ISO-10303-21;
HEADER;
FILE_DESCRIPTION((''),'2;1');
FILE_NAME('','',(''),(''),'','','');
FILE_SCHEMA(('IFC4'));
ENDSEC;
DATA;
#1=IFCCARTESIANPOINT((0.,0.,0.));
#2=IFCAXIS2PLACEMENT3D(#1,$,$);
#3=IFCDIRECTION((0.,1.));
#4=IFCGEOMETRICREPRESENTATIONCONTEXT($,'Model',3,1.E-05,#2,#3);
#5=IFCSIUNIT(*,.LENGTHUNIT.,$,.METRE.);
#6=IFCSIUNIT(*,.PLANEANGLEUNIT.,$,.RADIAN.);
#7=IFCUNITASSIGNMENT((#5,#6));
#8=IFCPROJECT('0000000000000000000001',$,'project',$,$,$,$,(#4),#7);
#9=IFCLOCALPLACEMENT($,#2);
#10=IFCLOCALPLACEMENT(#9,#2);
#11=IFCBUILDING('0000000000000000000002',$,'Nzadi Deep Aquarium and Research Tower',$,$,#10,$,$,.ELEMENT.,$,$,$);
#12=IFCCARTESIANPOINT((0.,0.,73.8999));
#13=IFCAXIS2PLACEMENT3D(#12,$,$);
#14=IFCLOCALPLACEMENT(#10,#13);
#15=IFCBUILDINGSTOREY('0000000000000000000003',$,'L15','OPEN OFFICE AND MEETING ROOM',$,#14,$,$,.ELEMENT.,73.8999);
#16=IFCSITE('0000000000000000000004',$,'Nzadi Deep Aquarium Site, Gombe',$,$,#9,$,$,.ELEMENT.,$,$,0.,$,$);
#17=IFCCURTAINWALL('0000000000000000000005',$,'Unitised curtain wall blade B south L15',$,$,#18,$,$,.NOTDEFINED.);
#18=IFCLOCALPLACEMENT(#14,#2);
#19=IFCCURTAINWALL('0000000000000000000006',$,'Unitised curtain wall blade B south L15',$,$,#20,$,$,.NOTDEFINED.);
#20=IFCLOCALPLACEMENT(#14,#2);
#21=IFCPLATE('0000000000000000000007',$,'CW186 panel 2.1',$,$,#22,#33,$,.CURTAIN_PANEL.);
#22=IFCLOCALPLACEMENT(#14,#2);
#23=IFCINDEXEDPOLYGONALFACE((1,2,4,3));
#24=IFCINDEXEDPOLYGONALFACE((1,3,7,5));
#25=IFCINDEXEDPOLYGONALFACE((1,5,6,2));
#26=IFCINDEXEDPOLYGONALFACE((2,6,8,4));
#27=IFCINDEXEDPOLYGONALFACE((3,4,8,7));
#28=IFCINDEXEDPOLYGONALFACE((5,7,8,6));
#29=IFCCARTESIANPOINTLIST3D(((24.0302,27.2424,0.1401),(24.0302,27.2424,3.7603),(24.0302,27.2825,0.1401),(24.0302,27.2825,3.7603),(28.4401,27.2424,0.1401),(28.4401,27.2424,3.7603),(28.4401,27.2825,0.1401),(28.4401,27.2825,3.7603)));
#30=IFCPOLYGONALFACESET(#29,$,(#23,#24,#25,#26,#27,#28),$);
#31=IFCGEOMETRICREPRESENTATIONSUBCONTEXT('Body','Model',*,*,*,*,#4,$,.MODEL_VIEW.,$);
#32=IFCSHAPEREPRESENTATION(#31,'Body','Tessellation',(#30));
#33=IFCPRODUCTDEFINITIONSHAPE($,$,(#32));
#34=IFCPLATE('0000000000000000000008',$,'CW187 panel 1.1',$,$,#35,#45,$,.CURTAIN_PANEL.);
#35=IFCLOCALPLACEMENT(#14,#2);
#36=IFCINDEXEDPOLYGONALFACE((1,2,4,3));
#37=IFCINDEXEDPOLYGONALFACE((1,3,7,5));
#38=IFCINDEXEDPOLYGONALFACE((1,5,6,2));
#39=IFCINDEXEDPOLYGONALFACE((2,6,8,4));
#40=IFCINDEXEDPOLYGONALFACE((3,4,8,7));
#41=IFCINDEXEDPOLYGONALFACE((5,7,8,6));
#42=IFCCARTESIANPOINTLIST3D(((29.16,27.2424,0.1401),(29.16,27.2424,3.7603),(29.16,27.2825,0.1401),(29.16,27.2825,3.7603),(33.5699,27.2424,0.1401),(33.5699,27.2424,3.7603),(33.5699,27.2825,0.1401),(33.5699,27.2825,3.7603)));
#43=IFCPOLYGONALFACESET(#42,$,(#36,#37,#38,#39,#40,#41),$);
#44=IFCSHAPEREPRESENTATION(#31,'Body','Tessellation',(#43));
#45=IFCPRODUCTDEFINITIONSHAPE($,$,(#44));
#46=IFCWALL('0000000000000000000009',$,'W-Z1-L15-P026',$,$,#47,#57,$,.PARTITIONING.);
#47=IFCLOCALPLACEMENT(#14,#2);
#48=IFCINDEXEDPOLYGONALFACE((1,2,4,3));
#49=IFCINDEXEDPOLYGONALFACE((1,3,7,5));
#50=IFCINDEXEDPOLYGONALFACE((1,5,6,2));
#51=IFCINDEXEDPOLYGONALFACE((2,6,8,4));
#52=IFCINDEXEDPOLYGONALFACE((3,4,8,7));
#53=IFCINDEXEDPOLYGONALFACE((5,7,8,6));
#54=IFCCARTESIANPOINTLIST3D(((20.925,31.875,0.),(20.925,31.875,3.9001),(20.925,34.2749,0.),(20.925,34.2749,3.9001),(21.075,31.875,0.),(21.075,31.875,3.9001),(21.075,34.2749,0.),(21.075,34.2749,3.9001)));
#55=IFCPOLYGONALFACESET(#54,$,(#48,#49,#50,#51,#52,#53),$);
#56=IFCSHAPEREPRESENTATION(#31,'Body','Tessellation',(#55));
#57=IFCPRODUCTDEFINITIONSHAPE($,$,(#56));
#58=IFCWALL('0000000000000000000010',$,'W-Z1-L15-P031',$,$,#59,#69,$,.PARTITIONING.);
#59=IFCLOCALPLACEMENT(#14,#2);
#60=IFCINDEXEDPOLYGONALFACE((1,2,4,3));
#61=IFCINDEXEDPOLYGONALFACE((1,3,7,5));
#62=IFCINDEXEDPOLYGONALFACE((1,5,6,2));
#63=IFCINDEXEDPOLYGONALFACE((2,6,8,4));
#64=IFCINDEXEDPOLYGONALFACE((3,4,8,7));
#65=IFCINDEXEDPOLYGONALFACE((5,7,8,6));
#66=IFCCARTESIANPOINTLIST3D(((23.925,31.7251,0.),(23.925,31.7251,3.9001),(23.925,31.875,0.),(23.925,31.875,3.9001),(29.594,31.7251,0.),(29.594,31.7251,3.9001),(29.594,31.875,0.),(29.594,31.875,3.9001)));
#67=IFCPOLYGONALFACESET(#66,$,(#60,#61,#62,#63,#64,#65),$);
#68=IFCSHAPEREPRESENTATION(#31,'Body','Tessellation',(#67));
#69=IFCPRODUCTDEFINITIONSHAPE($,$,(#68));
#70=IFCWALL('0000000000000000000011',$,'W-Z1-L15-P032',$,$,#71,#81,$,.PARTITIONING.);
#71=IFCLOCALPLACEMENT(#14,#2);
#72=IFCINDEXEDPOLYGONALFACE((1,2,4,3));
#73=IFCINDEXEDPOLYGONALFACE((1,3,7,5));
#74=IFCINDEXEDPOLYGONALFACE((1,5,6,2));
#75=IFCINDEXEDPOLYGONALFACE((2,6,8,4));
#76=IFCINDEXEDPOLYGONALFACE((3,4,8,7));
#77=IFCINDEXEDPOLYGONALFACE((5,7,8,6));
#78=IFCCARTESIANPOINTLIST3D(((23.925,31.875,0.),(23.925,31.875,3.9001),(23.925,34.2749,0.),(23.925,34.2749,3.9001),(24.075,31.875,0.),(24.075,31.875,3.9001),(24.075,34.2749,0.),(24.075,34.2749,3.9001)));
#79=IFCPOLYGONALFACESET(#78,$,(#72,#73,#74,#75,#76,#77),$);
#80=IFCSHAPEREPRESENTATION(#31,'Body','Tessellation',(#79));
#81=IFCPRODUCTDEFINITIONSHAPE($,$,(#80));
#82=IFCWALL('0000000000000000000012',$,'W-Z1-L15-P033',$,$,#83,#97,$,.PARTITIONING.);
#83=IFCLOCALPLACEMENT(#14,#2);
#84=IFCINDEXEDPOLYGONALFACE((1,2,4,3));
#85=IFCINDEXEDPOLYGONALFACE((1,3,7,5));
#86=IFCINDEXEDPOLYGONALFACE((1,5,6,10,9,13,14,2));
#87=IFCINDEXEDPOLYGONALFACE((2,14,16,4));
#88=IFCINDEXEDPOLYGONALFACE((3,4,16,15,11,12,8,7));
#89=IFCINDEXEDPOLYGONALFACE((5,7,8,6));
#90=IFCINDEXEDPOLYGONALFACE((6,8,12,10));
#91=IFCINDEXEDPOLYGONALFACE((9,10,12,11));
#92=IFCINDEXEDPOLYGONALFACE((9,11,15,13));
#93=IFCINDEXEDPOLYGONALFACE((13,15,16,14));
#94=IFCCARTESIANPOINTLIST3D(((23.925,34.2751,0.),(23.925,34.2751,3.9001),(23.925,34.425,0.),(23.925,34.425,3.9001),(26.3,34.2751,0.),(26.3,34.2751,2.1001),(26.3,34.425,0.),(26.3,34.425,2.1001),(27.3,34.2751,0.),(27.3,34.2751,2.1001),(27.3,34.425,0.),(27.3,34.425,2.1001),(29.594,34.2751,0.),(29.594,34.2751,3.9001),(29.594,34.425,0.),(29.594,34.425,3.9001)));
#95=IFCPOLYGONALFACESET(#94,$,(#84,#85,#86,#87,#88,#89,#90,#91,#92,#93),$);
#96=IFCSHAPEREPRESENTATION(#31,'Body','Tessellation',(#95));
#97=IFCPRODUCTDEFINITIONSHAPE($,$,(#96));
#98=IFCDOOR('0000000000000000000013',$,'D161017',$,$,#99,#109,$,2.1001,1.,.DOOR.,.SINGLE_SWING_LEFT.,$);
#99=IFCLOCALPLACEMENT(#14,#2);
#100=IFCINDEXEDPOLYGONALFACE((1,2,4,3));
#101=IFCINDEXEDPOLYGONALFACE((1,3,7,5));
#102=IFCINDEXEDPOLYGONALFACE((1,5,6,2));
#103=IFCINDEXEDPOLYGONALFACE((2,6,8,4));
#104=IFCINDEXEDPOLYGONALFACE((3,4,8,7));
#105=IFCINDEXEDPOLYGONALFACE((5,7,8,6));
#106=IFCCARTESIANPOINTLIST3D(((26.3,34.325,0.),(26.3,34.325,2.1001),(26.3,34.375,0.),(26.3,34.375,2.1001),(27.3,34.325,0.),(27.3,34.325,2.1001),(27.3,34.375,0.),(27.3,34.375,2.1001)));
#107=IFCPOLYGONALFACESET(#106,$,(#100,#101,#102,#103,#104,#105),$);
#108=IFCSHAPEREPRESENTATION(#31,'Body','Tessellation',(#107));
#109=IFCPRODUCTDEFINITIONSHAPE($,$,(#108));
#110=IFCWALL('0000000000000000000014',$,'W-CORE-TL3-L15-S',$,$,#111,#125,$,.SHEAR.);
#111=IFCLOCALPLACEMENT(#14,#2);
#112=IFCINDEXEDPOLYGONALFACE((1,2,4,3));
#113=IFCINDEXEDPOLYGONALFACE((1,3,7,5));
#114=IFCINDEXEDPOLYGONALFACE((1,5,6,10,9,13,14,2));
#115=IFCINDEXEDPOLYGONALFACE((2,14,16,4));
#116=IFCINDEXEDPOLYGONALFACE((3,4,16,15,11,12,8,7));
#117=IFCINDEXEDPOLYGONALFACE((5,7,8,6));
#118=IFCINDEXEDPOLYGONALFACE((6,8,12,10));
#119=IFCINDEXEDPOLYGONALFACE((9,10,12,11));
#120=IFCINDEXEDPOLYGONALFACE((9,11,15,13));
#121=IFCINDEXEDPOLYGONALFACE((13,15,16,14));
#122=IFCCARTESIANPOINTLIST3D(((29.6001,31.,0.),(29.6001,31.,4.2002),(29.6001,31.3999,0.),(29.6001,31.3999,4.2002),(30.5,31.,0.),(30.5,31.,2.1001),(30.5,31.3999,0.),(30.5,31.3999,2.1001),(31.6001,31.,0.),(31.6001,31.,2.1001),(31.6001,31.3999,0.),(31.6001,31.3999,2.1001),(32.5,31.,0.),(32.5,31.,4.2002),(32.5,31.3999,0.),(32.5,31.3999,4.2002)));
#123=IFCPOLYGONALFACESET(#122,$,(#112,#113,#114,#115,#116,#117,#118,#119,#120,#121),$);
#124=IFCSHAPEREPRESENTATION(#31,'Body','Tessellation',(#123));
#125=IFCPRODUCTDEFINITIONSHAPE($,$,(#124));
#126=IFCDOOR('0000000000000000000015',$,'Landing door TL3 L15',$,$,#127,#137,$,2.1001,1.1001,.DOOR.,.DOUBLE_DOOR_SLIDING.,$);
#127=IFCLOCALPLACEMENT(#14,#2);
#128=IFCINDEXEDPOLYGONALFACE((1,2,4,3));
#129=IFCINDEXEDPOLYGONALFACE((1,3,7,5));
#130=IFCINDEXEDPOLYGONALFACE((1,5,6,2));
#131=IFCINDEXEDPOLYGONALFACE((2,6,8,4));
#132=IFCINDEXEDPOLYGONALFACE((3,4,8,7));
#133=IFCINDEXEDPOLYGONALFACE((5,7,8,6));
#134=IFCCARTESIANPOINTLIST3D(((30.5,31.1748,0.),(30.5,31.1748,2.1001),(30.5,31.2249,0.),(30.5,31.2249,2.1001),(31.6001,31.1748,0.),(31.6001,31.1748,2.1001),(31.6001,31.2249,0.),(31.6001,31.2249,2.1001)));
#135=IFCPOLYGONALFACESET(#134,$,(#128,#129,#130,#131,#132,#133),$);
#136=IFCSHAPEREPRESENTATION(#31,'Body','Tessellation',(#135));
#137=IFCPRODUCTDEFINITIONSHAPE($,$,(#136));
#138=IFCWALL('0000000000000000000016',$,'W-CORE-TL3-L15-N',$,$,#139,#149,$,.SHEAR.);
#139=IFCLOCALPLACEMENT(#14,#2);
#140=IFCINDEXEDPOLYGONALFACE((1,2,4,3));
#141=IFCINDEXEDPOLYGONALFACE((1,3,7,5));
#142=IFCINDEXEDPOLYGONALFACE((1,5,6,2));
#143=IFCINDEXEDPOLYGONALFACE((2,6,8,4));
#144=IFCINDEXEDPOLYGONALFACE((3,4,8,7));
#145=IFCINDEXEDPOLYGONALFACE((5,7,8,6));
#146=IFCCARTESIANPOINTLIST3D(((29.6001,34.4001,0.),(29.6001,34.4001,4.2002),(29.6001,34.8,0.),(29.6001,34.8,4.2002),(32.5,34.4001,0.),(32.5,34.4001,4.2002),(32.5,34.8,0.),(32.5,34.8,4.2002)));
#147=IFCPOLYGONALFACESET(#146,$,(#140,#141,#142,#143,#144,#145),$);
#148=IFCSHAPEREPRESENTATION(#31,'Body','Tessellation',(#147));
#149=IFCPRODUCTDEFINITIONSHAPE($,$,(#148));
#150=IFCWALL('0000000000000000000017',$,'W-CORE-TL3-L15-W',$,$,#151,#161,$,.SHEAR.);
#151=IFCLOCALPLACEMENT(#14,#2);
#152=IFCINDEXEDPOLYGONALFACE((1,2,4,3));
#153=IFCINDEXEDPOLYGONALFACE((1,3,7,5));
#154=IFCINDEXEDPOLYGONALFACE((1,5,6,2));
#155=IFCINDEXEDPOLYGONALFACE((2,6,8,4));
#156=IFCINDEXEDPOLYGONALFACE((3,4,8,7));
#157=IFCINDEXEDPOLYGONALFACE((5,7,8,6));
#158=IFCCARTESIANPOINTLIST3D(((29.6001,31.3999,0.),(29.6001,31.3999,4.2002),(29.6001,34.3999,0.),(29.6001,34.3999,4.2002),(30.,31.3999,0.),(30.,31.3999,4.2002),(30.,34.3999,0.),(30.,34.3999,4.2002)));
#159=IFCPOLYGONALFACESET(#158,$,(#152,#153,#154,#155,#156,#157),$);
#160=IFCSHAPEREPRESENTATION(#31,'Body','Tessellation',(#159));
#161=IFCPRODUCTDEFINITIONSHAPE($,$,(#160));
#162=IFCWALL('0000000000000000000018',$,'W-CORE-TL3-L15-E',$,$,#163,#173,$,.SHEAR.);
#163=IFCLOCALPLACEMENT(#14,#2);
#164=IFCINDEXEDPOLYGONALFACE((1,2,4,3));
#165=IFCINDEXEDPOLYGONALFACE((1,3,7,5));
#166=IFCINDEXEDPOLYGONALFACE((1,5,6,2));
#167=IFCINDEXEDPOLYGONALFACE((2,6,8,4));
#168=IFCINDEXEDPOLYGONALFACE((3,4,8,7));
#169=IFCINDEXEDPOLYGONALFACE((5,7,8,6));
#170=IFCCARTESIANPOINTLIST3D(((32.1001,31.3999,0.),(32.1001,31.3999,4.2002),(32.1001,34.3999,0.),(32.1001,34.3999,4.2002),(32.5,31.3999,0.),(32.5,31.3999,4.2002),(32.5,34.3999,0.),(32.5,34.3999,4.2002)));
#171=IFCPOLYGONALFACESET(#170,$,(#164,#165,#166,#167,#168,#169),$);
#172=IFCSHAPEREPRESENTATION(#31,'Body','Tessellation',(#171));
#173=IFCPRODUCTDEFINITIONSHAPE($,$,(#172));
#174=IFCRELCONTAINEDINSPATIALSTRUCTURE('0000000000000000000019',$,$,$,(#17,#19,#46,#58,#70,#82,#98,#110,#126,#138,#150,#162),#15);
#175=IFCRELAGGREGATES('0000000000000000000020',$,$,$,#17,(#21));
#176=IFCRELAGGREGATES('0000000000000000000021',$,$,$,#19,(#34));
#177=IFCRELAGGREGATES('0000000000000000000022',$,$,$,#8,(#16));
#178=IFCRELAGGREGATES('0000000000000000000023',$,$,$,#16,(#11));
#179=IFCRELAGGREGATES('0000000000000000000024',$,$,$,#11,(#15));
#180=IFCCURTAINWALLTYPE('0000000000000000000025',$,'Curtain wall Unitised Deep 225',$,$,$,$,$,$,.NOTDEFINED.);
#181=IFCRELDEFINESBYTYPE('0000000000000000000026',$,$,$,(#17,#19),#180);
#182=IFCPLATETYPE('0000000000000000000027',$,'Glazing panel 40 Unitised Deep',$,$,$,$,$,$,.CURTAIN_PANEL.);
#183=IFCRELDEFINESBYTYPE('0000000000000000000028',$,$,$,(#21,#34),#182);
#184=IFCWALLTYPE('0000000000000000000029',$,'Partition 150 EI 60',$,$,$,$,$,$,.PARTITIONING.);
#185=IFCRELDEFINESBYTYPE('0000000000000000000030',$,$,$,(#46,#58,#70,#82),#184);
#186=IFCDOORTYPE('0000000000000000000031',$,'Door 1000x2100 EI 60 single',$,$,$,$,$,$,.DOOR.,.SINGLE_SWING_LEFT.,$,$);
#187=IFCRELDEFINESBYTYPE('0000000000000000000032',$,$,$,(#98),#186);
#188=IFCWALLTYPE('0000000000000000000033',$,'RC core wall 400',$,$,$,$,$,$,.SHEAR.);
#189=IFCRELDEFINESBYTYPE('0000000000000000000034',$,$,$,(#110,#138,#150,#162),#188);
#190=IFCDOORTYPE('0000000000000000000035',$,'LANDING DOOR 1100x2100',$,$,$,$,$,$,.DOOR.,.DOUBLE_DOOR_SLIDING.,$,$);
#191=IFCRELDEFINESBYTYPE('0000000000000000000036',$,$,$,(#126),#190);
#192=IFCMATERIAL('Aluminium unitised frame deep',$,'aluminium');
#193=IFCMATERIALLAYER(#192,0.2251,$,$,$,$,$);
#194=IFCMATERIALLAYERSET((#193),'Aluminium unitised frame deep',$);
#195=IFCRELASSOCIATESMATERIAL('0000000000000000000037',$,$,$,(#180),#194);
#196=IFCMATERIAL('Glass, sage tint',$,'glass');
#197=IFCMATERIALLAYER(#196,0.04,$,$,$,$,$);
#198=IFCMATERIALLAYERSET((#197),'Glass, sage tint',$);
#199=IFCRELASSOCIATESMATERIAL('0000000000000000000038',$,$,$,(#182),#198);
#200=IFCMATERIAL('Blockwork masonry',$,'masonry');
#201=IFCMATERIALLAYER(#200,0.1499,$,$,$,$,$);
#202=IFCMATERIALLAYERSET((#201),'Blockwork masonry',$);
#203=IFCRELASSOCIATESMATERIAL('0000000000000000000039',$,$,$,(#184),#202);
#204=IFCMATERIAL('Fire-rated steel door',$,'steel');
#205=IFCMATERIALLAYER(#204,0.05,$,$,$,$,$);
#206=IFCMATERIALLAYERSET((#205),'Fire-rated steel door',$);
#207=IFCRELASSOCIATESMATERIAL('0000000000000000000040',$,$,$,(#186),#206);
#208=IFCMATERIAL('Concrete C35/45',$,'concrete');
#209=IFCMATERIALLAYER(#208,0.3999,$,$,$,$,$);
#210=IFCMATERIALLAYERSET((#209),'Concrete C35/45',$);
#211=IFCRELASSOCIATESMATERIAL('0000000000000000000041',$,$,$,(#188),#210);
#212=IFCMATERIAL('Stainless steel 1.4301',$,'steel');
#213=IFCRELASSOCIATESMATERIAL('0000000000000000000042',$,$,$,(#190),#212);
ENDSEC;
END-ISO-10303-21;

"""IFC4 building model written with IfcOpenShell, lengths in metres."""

from ifc_helpers import new_model, si_unit, direction, frame, frame_2d, origin, origin_2d, place, context, subcontext, project, spatial, rectangle, extrude, material, layer, layer_set, type_object, element, fill, aggregate, save


model = new_model("IFC4")

# Units and contexts
model_context = context("Model", 3, precision=1e-05, world=origin(), true_north=direction((0.0, 1.0)))
body_context = subcontext(model_context, "Body", "Model", "MODEL_VIEW")
ifc_project = project(units=[si_unit("LENGTHUNIT", "METRE"), si_unit("PLANEANGLEUNIT", "RADIAN")], contexts=[model_context])

# Site, building, storey
site_placement = place(None, origin())
site = spatial("IfcSite", under=ifc_project, at=site_placement, Name="Nzadi Deep Aquarium Site, Gombe", CompositionType="ELEMENT", RefElevation=0.0)
building_placement = place(site_placement, origin())
building = spatial("IfcBuilding", under=site, at=building_placement, Name="Nzadi Deep Aquarium and Research Tower", CompositionType="ELEMENT")
storey_placement = place(building_placement, frame((0.0, 0.0, 73.8999)))
storey = spatial("IfcBuildingStorey", under=building, at=storey_placement, Name="L15", Description="OPEN OFFICE AND MEETING ROOM", CompositionType="ELEMENT", Elevation=73.8999)

# Curtain walls
ifc_material_1 = material(Name="Aluminium unitised frame deep", Category="aluminium")
ifc_layer_1 = layer(ifc_material_1, 0.2251)
ifc_layer_set_1 = layer_set([ifc_layer_1], Name="Aluminium unitised frame deep")
curtain_wall_type = type_object("IfcCurtainWallType", Name="Curtain wall Unitised Deep 225", PredefinedType="NOTDEFINED", material=ifc_layer_set_1)
curtain_wall_1_placement = place(storey_placement, origin())
curtain_wall_1 = element("IfcCurtainWall", 1, at=curtain_wall_1_placement, inside=storey, type_object=curtain_wall_type, Name="Unitised curtain wall blade B south L15", PredefinedType="NOTDEFINED")
curtain_wall_2_placement = place(storey_placement, origin())
curtain_wall_2 = element("IfcCurtainWall", 2, at=curtain_wall_2_placement, inside=storey, type_object=curtain_wall_type, Name="Unitised curtain wall blade B south L15", PredefinedType="NOTDEFINED")

# Plates
ifc_material_2 = material(Name="Glass, sage tint", Category="glass")
ifc_layer_2 = layer(ifc_material_2, 0.04)
ifc_layer_set_2 = layer_set([ifc_layer_2], Name="Glass, sage tint")
plate_type = type_object("IfcPlateType", Name="Glazing panel 40 Unitised Deep", PredefinedType="CURTAIN_PANEL", material=ifc_layer_set_2)
plate_1_placement = place(storey_placement, frame((26.2351, 27.2625, 0.1401), z_axis=(0.0, 0.0, 1.0), x_axis=(1.0, 0.0, 0.0)))
plate_1 = element("IfcPlate", 3, at=plate_1_placement, type_object=plate_type, Name="CW186 panel 2.1", PredefinedType="CURTAIN_PANEL", context=body_context, shape_type="SweptSolid", body=[
    extrude(rectangle(XDim=4.4099, YDim=0.04, at=origin_2d()), origin(), (0.0, 0.0, 1.0), 3.6201),
])
aggregate(curtain_wall_1, [plate_1])
plate_2_placement = place(storey_placement, frame((31.365, 27.2625, 0.1401), z_axis=(0.0, 0.0, 1.0), x_axis=(1.0, 0.0, 0.0)))
plate_2 = element("IfcPlate", 4, at=plate_2_placement, type_object=plate_type, Name="CW187 panel 1.1", PredefinedType="CURTAIN_PANEL", context=body_context, shape_type="SweptSolid", body=[
    extrude(rectangle(XDim=4.4099, YDim=0.04, at=origin_2d()), origin(), (0.0, 0.0, 1.0), 3.6201),
])
aggregate(curtain_wall_2, [plate_2])

# Walls
ifc_material_3 = material(Name="Blockwork masonry", Category="masonry")
ifc_layer_3 = layer(ifc_material_3, 0.1499)
ifc_layer_set_3 = layer_set([ifc_layer_3], Name="Blockwork masonry")
wall_type_1 = type_object("IfcWallType", Name="Partition 150 EI 60", PredefinedType="PARTITIONING", material=ifc_layer_set_3)
wall_1_placement = place(storey_placement, frame((21.0, 31.875, 0.0), z_axis=(0.0, 0.0, 1.0), x_axis=(0.0, 1.0, 0.0)))
element("IfcWall", 5, at=wall_1_placement, inside=storey, type_object=wall_type_1, Name="W-Z1-L15-P026", PredefinedType="PARTITIONING", context=body_context, shape_type="SweptSolid", body=[
    extrude(rectangle(XDim=2.3999, YDim=0.1499, at=frame_2d((1.2, 0.0))), origin(), (0.0, 0.0, 1.0), 3.9001),
])
wall_2_placement = place(storey_placement, frame((23.925, 31.8, 0.0), z_axis=(0.0, 0.0, 1.0), x_axis=(1.0, 0.0, 0.0)))
element("IfcWall", 6, at=wall_2_placement, inside=storey, type_object=wall_type_1, Name="W-Z1-L15-P031", PredefinedType="PARTITIONING", context=body_context, shape_type="SweptSolid", body=[
    extrude(rectangle(XDim=5.6689, YDim=0.1499, at=frame_2d((2.8345, 0.0))), origin(), (0.0, 0.0, 1.0), 3.9001),
])
wall_3_placement = place(storey_placement, frame((24.0, 31.875, 0.0), z_axis=(0.0, 0.0, 1.0), x_axis=(0.0, 1.0, 0.0)))
element("IfcWall", 7, at=wall_3_placement, inside=storey, type_object=wall_type_1, Name="W-Z1-L15-P032", PredefinedType="PARTITIONING", context=body_context, shape_type="SweptSolid", body=[
    extrude(rectangle(XDim=2.3999, YDim=0.1499, at=frame_2d((1.2, 0.0))), origin(), (0.0, 0.0, 1.0), 3.9001),
])

# Walls, openings, doors
wall_4_placement = place(storey_placement, frame((23.925, 34.3501, 0.0), z_axis=(0.0, 0.0, 1.0), x_axis=(1.0, 0.0, 0.0)))
wall_4 = element("IfcWall", 8, at=wall_4_placement, inside=storey, type_object=wall_type_1, Name="W-Z1-L15-P033", PredefinedType="PARTITIONING", context=body_context, shape_type="SweptSolid", body=[
    extrude(rectangle(XDim=5.6689, YDim=0.1499, at=frame_2d((2.8345, 0.0))), origin(), (0.0, 0.0, 1.0), 3.9001),
])
opening_1_placement = place(wall_4_placement, frame((2.375, 0.0, 0.0)))
opening_1 = element("IfcOpeningElement", 9, at=opening_1_placement, cuts=wall_4, PredefinedType="OPENING", context=body_context, shape_type="SweptSolid", body=[
    extrude(rectangle(XDim=1.0, YDim=2.1001, at=frame_2d((0.5, 1.05))), frame((0.0, 0.085, 0.0), z_axis=(0.0, -1.0, 0.0), x_axis=(1.0, 0.0, 0.0)), (0.0, 0.0, 1.0), 0.1699),
])
ifc_material_4 = material(Name="Fire-rated steel door", Category="steel")
ifc_layer_4 = layer(ifc_material_4, 0.05)
ifc_layer_set_4 = layer_set([ifc_layer_4], Name="Fire-rated steel door")
door_type_1 = type_object("IfcDoorType", Name="Door 1000x2100 EI 60 single", OperationType="SINGLE_SWING_LEFT", PredefinedType="DOOR", material=ifc_layer_set_4)
door_1_placement = place(opening_1_placement, origin())
door_1 = element("IfcDoor", 10, at=door_1_placement, inside=storey, type_object=door_type_1, Name="D161017", OperationType="SINGLE_SWING_LEFT", OverallHeight=2.1001, OverallWidth=1.0, PredefinedType="DOOR", context=body_context, shape_type="SweptSolid", body=[
    extrude(rectangle(XDim=1.0, YDim=2.1001, at=frame_2d((0.5, 1.05))), frame((0.0, 0.0249, 0.0), z_axis=(0.0, -1.0, 0.0), x_axis=(1.0, 0.0, 0.0)), (0.0, 0.0, 1.0), 0.05),
])
fill(opening_1, door_1)
ifc_material_5 = material(Name="Concrete C35/45", Category="concrete")
ifc_layer_5 = layer(ifc_material_5, 0.3999)
ifc_layer_set_5 = layer_set([ifc_layer_5], Name="Concrete C35/45")
wall_type_2 = type_object("IfcWallType", Name="RC core wall 400", PredefinedType="SHEAR", material=ifc_layer_set_5)
wall_5_placement = place(storey_placement, frame((29.6001, 31.2, 0.0), z_axis=(0.0, 0.0, 1.0), x_axis=(1.0, 0.0, 0.0)))
wall_5 = element("IfcWall", 11, at=wall_5_placement, inside=storey, type_object=wall_type_2, Name="W-CORE-TL3-L15-S", PredefinedType="SHEAR", context=body_context, shape_type="SweptSolid", body=[
    extrude(rectangle(XDim=2.8999, YDim=0.3999, at=frame_2d((1.45, 0.0))), origin(), (0.0, 0.0, 1.0), 4.2002),
])
opening_2_placement = place(wall_5_placement, frame((0.8999, 0.0, 0.0)))
opening_2 = element("IfcOpeningElement", 12, at=opening_2_placement, cuts=wall_5, PredefinedType="OPENING", context=body_context, shape_type="SweptSolid", body=[
    extrude(rectangle(XDim=1.1001, YDim=2.1001, at=frame_2d((0.55, 1.05))), frame((0.0, 0.21, 0.0), z_axis=(0.0, -1.0, 0.0), x_axis=(1.0, 0.0, 0.0)), (0.0, 0.0, 1.0), 0.4199),
])
ifc_material_6 = material(Name="Stainless steel 1.4301", Category="steel")
door_type_2 = type_object("IfcDoorType", Name="LANDING DOOR 1100x2100", OperationType="DOUBLE_DOOR_SLIDING", PredefinedType="DOOR", material=ifc_material_6)
door_2_placement = place(opening_2_placement, origin())
door_2 = element("IfcDoor", 13, at=door_2_placement, inside=storey, type_object=door_type_2, Name="Landing door TL3 L15", OperationType="DOUBLE_DOOR_SLIDING", OverallHeight=2.1001, OverallWidth=1.1001, PredefinedType="DOOR", context=body_context, shape_type="SweptSolid", body=[
    extrude(rectangle(XDim=1.1001, YDim=2.1001, at=frame_2d((0.55, 1.05))), frame((0.0, 0.0249, 0.0), z_axis=(0.0, -1.0, 0.0), x_axis=(1.0, 0.0, 0.0)), (0.0, 0.0, 1.0), 0.05),
])
fill(opening_2, door_2)

# Walls
wall_6_placement = place(storey_placement, frame((29.6001, 34.6001, 0.0), z_axis=(0.0, 0.0, 1.0), x_axis=(1.0, 0.0, 0.0)))
element("IfcWall", 14, at=wall_6_placement, inside=storey, type_object=wall_type_2, Name="W-CORE-TL3-L15-N", PredefinedType="SHEAR", context=body_context, shape_type="SweptSolid", body=[
    extrude(rectangle(XDim=2.8999, YDim=0.3999, at=frame_2d((1.45, 0.0))), origin(), (0.0, 0.0, 1.0), 4.2002),
])
for number, where, z_axis, x_axis, name in (
    (15, (29.8, 31.3999, 0.0), (0.0, 0.0, 1.0), (0.0, 1.0, 0.0), "W-CORE-TL3-L15-W"),
    (16, (32.3, 31.3999, 0.0), (0.0, 0.0, 1.0), (0.0, 1.0, 0.0), "W-CORE-TL3-L15-E"),
):
    element("IfcWall", number, at=place(storey_placement, frame(where, z_axis=z_axis, x_axis=x_axis)), inside=storey, type_object=wall_type_2, Name=name, PredefinedType="SHEAR", context=body_context, shape_type="SweptSolid", body=[
        extrude(rectangle(XDim=3.0, YDim=0.3999, at=frame_2d((1.5, 0.0))), origin(), (0.0, 0.0, 1.0), 4.2002),
    ])

save(model, "model.ifc")
